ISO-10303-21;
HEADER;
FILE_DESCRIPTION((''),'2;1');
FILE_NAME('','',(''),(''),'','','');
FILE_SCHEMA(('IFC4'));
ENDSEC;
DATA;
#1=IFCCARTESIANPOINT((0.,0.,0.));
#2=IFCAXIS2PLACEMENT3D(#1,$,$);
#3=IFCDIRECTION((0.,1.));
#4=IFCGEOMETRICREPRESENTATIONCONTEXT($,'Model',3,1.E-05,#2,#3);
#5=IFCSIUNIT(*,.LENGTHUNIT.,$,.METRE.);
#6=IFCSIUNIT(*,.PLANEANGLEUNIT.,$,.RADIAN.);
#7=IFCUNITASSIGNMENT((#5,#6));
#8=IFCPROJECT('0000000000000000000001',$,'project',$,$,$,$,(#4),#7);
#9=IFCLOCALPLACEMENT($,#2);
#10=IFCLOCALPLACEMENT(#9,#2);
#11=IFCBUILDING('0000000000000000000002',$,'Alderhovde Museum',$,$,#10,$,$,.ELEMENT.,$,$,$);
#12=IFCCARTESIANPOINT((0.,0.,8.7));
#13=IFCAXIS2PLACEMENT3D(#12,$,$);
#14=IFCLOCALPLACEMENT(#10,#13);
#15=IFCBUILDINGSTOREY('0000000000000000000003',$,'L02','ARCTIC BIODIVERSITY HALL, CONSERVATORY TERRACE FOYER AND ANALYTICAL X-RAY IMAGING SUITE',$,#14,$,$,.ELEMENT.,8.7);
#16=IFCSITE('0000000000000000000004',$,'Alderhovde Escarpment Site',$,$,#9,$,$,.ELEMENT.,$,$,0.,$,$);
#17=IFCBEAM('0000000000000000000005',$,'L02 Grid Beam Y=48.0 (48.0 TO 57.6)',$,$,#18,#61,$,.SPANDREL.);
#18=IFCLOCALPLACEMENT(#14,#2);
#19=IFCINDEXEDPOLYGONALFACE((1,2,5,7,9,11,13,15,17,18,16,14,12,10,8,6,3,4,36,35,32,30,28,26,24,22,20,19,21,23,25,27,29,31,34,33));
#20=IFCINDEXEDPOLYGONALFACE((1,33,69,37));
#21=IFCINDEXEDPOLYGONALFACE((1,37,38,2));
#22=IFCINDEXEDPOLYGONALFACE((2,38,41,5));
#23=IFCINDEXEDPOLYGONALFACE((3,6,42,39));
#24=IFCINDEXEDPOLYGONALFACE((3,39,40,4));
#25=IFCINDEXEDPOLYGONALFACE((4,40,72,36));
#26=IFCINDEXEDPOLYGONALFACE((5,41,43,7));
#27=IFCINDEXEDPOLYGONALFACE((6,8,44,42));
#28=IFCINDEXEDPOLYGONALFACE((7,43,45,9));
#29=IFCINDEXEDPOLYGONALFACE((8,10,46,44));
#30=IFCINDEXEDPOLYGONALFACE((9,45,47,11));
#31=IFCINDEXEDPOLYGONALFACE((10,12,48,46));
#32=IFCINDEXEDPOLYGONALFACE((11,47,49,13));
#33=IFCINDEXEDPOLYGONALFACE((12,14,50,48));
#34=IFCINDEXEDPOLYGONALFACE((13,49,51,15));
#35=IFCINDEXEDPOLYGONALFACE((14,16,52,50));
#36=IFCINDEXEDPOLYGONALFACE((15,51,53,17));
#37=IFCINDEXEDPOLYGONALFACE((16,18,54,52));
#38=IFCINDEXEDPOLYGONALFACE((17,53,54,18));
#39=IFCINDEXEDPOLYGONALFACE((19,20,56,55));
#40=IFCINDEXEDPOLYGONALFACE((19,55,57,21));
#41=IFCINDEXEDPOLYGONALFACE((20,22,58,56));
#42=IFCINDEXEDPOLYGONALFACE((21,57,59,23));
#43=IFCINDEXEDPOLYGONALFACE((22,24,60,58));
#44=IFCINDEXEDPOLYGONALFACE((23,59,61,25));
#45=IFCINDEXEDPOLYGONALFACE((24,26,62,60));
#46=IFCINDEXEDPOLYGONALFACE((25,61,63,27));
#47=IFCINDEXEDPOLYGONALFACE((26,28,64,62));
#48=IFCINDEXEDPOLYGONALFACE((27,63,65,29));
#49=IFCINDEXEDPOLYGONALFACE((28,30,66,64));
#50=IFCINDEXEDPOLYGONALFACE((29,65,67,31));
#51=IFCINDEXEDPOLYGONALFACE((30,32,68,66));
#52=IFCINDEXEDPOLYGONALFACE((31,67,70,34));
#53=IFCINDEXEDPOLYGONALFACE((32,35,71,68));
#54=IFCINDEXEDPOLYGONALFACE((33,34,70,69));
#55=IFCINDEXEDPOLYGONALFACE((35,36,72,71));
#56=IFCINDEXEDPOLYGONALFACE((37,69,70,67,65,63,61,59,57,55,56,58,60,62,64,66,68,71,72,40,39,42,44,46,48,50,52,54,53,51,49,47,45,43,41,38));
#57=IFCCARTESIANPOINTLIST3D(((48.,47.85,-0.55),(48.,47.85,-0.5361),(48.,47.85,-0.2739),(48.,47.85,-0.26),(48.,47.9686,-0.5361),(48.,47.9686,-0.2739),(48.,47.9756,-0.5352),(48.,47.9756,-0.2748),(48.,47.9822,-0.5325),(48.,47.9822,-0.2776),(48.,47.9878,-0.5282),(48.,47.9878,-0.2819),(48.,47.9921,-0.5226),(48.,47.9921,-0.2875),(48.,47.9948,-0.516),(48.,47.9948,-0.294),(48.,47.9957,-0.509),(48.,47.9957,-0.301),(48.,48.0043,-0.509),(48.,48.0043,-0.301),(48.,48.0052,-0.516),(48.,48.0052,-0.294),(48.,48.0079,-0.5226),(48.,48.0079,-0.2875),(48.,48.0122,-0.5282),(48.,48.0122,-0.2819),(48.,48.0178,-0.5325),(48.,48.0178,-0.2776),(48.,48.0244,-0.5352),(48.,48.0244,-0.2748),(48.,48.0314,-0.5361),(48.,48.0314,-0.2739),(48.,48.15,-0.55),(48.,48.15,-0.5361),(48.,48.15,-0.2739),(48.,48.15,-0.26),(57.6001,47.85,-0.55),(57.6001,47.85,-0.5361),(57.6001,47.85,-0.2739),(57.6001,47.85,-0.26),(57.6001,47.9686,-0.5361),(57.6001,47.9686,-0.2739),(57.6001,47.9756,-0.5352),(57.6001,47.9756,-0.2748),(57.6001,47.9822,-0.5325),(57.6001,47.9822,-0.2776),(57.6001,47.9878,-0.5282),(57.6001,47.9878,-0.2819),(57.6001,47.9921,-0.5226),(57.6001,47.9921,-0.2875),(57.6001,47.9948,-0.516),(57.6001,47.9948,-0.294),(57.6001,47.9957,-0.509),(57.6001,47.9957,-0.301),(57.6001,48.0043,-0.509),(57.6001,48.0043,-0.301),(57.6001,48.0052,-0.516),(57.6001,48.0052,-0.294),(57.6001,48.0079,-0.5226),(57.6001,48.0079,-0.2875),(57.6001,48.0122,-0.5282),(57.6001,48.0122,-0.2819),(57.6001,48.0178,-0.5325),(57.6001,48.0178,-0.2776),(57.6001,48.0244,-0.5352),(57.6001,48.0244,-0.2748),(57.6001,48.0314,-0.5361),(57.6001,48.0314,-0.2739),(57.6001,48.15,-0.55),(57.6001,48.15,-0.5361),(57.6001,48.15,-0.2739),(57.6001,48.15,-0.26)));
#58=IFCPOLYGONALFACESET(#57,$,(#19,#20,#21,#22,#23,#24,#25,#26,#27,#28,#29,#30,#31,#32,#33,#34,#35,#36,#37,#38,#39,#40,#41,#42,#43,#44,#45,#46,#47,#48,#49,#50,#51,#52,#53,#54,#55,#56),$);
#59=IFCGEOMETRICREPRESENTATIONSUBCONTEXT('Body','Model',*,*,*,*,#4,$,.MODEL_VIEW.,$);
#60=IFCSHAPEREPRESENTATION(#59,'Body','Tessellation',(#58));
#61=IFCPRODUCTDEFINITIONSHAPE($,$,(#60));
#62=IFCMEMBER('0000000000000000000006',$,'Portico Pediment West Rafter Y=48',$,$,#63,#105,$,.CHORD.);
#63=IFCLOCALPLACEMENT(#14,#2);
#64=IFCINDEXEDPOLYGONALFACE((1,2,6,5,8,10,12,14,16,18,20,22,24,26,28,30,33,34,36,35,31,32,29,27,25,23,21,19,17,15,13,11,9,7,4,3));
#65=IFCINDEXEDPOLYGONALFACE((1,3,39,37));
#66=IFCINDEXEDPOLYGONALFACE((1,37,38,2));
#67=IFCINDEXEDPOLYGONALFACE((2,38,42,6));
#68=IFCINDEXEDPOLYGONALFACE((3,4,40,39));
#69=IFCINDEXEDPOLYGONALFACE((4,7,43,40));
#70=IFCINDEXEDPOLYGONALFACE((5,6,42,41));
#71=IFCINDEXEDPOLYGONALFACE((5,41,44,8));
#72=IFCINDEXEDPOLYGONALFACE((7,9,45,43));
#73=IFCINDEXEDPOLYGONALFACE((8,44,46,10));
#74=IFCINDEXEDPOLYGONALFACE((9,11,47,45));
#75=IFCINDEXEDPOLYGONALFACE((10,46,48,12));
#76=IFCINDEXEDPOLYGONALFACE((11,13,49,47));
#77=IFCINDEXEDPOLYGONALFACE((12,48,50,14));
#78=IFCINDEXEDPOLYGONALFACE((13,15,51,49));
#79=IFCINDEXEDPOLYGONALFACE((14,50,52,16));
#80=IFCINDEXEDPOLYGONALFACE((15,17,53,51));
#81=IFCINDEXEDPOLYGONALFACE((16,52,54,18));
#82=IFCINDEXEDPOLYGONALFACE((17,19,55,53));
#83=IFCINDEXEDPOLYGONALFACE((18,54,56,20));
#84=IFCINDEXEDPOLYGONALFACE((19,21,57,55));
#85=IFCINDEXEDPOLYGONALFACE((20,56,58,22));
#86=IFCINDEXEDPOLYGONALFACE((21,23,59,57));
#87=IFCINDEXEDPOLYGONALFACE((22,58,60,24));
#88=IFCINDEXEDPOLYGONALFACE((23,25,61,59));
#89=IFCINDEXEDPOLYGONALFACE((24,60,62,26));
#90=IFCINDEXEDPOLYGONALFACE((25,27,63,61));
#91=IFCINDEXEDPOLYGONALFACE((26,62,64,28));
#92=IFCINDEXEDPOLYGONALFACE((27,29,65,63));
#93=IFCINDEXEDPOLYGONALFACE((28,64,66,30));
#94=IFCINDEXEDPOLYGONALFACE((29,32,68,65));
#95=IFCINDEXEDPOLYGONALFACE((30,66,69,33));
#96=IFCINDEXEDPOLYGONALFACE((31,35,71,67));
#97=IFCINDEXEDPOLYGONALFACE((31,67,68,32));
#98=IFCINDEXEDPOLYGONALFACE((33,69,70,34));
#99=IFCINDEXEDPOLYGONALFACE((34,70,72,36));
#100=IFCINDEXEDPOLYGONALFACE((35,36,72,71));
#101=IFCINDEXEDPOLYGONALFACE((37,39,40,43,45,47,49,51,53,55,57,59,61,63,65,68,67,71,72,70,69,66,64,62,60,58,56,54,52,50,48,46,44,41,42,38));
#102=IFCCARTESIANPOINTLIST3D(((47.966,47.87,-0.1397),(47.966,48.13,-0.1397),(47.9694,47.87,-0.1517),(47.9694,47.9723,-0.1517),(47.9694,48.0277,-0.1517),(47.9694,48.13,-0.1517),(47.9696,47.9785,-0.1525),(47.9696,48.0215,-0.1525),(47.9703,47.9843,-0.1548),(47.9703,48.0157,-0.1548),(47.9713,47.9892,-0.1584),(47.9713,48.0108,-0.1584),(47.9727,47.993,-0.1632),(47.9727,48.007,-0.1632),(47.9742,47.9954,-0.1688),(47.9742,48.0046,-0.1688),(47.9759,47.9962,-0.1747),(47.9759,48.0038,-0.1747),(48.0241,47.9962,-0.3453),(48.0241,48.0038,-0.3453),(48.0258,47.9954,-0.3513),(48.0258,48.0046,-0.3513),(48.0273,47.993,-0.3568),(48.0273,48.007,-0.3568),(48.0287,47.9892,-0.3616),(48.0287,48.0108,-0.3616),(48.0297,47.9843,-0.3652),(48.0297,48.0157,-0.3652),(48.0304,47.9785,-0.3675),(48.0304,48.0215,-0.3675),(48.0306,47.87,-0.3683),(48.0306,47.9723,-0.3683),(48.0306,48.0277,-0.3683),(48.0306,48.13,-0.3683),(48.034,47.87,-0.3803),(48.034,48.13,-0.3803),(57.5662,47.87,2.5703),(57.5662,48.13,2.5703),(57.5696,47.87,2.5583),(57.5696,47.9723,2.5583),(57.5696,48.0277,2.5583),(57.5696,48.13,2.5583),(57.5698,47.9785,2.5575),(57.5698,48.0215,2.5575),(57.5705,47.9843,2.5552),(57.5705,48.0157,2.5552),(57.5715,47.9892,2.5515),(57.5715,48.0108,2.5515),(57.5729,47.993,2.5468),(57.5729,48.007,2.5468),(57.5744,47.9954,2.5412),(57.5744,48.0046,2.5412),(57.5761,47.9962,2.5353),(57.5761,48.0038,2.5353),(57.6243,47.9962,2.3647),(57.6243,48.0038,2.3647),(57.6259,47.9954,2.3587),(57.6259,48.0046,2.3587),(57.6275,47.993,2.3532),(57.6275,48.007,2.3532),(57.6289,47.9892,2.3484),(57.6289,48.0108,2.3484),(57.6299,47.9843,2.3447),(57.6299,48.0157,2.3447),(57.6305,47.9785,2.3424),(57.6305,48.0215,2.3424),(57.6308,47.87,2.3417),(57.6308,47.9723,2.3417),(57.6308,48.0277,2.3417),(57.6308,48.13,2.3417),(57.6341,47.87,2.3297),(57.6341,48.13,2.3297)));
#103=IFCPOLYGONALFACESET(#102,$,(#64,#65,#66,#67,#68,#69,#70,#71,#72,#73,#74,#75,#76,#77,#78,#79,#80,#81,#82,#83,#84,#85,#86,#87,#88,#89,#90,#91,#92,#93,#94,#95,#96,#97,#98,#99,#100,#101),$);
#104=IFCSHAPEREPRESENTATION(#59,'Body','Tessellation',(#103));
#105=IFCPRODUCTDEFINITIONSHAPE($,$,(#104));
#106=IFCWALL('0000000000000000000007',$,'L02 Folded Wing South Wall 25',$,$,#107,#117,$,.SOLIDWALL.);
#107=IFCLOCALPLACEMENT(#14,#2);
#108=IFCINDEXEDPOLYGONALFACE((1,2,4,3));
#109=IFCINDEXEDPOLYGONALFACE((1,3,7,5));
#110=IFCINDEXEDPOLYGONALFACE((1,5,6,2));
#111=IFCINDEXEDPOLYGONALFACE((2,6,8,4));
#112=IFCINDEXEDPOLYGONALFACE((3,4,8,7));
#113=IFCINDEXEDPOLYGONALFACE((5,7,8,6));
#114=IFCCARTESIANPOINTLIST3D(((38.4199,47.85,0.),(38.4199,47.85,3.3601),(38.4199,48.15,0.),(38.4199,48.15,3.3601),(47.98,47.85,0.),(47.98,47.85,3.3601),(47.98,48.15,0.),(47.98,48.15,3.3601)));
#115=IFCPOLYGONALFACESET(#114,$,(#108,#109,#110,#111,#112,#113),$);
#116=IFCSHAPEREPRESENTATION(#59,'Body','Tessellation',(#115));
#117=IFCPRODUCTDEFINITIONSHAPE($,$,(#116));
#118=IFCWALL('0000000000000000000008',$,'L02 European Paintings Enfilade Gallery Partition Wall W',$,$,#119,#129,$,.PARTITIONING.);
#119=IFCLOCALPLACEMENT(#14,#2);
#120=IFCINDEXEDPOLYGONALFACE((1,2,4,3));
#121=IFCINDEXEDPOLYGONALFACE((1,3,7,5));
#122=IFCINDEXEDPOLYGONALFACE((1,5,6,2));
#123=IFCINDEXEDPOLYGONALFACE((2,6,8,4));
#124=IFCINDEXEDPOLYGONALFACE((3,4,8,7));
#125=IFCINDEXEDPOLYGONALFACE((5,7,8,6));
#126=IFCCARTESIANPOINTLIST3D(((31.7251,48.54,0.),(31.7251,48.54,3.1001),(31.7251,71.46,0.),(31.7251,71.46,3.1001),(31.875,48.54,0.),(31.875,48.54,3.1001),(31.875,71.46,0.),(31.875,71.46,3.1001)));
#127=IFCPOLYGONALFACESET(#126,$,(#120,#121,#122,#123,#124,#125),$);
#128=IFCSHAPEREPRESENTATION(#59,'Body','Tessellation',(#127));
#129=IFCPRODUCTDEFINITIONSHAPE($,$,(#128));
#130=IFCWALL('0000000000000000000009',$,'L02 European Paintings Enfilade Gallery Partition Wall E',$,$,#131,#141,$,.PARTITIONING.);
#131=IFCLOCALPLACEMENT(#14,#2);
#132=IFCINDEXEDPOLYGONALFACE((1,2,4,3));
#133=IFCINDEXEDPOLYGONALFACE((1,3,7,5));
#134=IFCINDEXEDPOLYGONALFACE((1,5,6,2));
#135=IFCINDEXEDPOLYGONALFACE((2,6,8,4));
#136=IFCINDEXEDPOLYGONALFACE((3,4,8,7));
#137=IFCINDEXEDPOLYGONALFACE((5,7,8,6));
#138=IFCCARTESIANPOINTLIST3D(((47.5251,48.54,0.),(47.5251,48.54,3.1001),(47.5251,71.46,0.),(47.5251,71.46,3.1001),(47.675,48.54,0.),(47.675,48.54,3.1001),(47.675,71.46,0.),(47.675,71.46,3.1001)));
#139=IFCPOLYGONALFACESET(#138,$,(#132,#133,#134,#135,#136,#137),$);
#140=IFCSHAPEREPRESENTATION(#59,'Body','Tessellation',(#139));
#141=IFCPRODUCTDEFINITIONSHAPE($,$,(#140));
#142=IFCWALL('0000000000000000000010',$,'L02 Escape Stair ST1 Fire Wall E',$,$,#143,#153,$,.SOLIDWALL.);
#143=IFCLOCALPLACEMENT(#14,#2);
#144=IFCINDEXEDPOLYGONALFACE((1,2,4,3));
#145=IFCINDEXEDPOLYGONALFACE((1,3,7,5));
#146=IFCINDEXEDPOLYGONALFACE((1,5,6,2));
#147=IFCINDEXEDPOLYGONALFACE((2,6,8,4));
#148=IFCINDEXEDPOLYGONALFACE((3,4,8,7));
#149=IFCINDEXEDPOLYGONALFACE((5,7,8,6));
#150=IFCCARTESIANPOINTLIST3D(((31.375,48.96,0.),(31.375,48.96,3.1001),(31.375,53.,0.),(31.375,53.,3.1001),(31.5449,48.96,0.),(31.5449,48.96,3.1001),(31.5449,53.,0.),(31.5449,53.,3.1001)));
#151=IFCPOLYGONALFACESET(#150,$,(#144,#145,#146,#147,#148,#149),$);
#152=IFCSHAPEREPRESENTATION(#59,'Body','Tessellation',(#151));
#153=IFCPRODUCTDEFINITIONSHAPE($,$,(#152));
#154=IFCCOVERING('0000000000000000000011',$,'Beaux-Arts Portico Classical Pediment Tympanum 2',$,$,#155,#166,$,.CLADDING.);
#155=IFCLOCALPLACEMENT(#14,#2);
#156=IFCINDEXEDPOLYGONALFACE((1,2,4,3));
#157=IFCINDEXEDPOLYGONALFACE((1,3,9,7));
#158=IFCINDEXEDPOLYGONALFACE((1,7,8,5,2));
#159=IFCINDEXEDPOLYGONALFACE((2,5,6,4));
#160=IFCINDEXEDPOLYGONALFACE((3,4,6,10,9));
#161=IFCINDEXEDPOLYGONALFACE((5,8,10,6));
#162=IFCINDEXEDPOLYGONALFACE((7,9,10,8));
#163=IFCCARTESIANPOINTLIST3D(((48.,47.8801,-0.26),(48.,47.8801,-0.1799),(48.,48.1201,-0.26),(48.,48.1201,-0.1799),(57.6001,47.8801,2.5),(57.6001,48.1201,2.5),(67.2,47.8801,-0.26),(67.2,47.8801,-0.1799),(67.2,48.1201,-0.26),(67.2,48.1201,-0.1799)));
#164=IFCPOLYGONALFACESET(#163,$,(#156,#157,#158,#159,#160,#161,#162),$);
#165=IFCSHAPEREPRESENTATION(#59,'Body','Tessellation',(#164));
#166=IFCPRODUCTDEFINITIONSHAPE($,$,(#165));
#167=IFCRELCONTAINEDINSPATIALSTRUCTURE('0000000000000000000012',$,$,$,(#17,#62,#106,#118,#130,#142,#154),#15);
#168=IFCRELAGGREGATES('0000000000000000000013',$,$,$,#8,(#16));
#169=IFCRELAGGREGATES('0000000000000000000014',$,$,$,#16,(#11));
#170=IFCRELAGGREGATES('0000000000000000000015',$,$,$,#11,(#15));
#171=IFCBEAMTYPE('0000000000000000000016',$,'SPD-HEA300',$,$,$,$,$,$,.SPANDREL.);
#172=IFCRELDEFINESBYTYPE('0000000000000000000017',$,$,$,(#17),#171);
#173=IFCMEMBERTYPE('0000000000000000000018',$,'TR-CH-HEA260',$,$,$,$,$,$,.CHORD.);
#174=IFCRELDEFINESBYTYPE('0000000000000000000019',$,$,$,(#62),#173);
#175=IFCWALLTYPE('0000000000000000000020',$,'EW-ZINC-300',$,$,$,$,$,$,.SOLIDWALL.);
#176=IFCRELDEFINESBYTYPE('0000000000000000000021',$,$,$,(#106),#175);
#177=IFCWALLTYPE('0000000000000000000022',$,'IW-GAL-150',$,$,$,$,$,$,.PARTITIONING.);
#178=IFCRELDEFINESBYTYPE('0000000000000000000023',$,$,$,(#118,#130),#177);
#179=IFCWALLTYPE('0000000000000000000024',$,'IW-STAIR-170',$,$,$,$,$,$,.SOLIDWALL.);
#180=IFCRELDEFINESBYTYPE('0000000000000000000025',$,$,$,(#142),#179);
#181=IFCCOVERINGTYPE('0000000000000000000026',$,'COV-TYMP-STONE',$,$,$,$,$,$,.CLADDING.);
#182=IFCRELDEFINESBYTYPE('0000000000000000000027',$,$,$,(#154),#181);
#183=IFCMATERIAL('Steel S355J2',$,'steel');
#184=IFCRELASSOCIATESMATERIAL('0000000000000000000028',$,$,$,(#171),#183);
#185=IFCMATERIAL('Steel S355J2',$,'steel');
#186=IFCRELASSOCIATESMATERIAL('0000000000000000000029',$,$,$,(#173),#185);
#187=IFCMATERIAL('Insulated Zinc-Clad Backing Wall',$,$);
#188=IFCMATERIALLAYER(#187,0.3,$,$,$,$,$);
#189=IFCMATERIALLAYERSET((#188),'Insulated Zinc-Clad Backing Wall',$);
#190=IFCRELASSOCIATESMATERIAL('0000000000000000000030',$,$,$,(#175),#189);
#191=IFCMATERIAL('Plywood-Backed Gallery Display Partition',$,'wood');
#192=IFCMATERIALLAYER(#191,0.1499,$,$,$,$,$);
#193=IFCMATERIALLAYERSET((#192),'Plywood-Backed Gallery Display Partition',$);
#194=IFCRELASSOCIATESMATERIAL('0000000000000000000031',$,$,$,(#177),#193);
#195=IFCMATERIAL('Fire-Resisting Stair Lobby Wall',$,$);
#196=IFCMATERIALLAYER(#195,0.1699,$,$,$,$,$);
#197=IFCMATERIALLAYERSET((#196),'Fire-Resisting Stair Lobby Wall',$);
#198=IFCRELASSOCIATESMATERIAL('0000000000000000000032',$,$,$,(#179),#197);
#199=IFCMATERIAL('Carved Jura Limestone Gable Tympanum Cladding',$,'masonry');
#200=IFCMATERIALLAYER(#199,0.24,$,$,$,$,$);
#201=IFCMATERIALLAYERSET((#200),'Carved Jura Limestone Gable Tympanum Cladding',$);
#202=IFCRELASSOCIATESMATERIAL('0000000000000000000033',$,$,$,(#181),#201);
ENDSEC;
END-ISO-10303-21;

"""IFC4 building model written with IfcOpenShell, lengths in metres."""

from ifc_helpers import new_model, si_unit, direction, frame, frame_2d, origin, origin_2d, place, context, subcontext, project, spatial, polyline, rectangle, i_section, outline, extrude, material, layer, layer_set, material_profile, profile_set, type_object, element, save


model = new_model("IFC4")

# Units and contexts
model_context = context("Model", 3, precision=1e-05, world=origin(), true_north=direction((0.0, 1.0)))
body_context = subcontext(model_context, "Body", "Model", "MODEL_VIEW")
ifc_project = project(units=[si_unit("LENGTHUNIT", "METRE"), si_unit("PLANEANGLEUNIT", "RADIAN")], contexts=[model_context])

# Site, building, storey
site_placement = place(None, origin())
site = spatial("IfcSite", under=ifc_project, at=site_placement, Name="Alderhovde Escarpment Site", CompositionType="ELEMENT", RefElevation=0.0)
building_placement = place(site_placement, origin())
building = spatial("IfcBuilding", under=site, at=building_placement, Name="Alderhovde Museum", CompositionType="ELEMENT")
storey_placement = place(building_placement, frame((0.0, 0.0, 8.7)))
storey = spatial("IfcBuildingStorey", under=building, at=storey_placement, Name="L02", Description="ARCTIC BIODIVERSITY HALL, CONSERVATORY TERRACE FOYER AND ANALYTICAL X-RAY IMAGING SUITE", CompositionType="ELEMENT", Elevation=8.7)

# Beam
ifc_material_1 = material(Name="Steel S355J2", Category="steel")
ifc_material_profile_1 = material_profile(ifc_material_1, i_section(OverallWidth=0.3, OverallDepth=0.29, WebThickness=0.0085, FlangeThickness=0.0139, FilletRadius=0.0271, at=origin_2d()), Name="HEA 300")
ifc_profile_set_1 = profile_set([ifc_material_profile_1], Name="Steel S355J2")
beam_type_1 = type_object("IfcBeamType", Name="SPD-HEA300", PredefinedType="SPANDREL", material=ifc_profile_set_1)
for number, where, z_axis, x_axis, name in (
    (1, (48.0, 48.0, -0.405), (1.0, 0.0, 0.0), (0.0, 1.0, 0.0), "L02 Grid Beam Y=48.0 (48.0 TO 57.6)"),
):
    element("IfcBeam", number, at=place(storey_placement, frame(where, z_axis=z_axis, x_axis=x_axis)), inside=storey, type_object=beam_type_1, Name=name, PredefinedType="SPANDREL", context=body_context, shape_type="SweptSolid", body=[
        extrude(i_section(OverallWidth=0.3, OverallDepth=0.29, WebThickness=0.0085, FlangeThickness=0.0139, FilletRadius=0.0271, at=origin_2d()), origin(), (0.0, 0.0, 1.0), 9.6001),
    ])

# Member
ifc_material_2 = material(Name="Steel S355J2", Category="steel")
ifc_material_profile_2 = material_profile(ifc_material_2, i_section(OverallWidth=0.26, OverallDepth=0.25, WebThickness=0.0076, FlangeThickness=0.0125, FilletRadius=0.0239, at=origin_2d()), Name="HEA 260")
ifc_profile_set_2 = profile_set([ifc_material_profile_2], Name="Steel S355J2")
member_type = type_object("IfcMemberType", Name="TR-CH-HEA260", PredefinedType="CHORD", material=ifc_profile_set_2)
member_placement = place(storey_placement, frame((48.0, 48.0, -0.26), z_axis=(0.962391, 0.0, 0.271668), x_axis=(0.0, 1.0, 0.0)))
element("IfcMember", 2, at=member_placement, inside=storey, type_object=member_type, Name="Portico Pediment West Rafter Y=48", PredefinedType="CHORD", context=body_context, shape_type="SweptSolid", body=[
    extrude(i_section(OverallWidth=0.26, OverallDepth=0.25, WebThickness=0.0076, FlangeThickness=0.0125, FilletRadius=0.0239, at=origin_2d()), origin(), (0.0, 0.0, 1.0), 9.9753),
])

# Walls
ifc_material_3 = material(Name="Insulated Zinc-Clad Backing Wall")
ifc_layer_1 = layer(ifc_material_3, 0.3)
ifc_layer_set_1 = layer_set([ifc_layer_1], Name="Insulated Zinc-Clad Backing Wall")
wall_type_1 = type_object("IfcWallType", Name="EW-ZINC-300", PredefinedType="SOLIDWALL", material=ifc_layer_set_1)
wall_1_placement = place(storey_placement, frame((38.4199, 48.0, 0.0), z_axis=(0.0, 0.0, 1.0), x_axis=(1.0, 0.0, 0.0)))
element("IfcWall", 3, at=wall_1_placement, inside=storey, type_object=wall_type_1, Name="L02 Folded Wing South Wall 25", PredefinedType="SOLIDWALL", context=body_context, shape_type="SweptSolid", body=[
    extrude(rectangle(XDim=9.5601, YDim=0.3, at=frame_2d((4.78, 0.0))), origin(), (0.0, 0.0, 1.0), 3.3601),
])
ifc_material_4 = material(Name="Plywood-Backed Gallery Display Partition", Category="wood")
ifc_layer_2 = layer(ifc_material_4, 0.1499)
ifc_layer_set_2 = layer_set([ifc_layer_2], Name="Plywood-Backed Gallery Display Partition")
wall_type_2 = type_object("IfcWallType", Name="IW-GAL-150", PredefinedType="PARTITIONING", material=ifc_layer_set_2)
for number, where, z_axis, x_axis, name in (
    (4, (31.8, 48.54, 0.0), (0.0, 0.0, 1.0), (0.0, 1.0, 0.0), "L02 European Paintings Enfilade Gallery Partition Wall W"),
    (5, (47.6001, 48.54, 0.0), (0.0, 0.0, 1.0), (0.0, 1.0, 0.0), "L02 European Paintings Enfilade Gallery Partition Wall E"),
):
    element("IfcWall", number, at=place(storey_placement, frame(where, z_axis=z_axis, x_axis=x_axis)), inside=storey, type_object=wall_type_2, Name=name, PredefinedType="PARTITIONING", context=body_context, shape_type="SweptSolid", body=[
        extrude(rectangle(XDim=22.9199, YDim=0.1499, at=frame_2d((11.46, 0.0))), origin(), (0.0, 0.0, 1.0), 3.1001),
    ])
ifc_material_5 = material(Name="Fire-Resisting Stair Lobby Wall")
ifc_layer_3 = layer(ifc_material_5, 0.1699)
ifc_layer_set_3 = layer_set([ifc_layer_3], Name="Fire-Resisting Stair Lobby Wall")
wall_type_3 = type_object("IfcWallType", Name="IW-STAIR-170", PredefinedType="SOLIDWALL", material=ifc_layer_set_3)
wall_2_placement = place(storey_placement, frame((31.46, 48.96, 0.0), z_axis=(0.0, 0.0, 1.0), x_axis=(0.0, 1.0, 0.0)))
element("IfcWall", 6, at=wall_2_placement, inside=storey, type_object=wall_type_3, Name="L02 Escape Stair ST1 Fire Wall E", PredefinedType="SOLIDWALL", context=body_context, shape_type="SweptSolid", body=[
    extrude(rectangle(XDim=4.04, YDim=0.1699, at=frame_2d((2.02, 0.0))), origin(), (0.0, 0.0, 1.0), 3.1001),
])

# Covering
ifc_material_6 = material(Name="Carved Jura Limestone Gable Tympanum Cladding", Category="masonry")
ifc_layer_4 = layer(ifc_material_6, 0.24)
ifc_layer_set_4 = layer_set([ifc_layer_4], Name="Carved Jura Limestone Gable Tympanum Cladding")
covering_type = type_object("IfcCoveringType", Name="COV-TYMP-STONE", PredefinedType="CLADDING", material=ifc_layer_set_4)
covering_placement = place(storey_placement, frame((48.0, 48.0, -0.26), z_axis=(0.0, 0.0, 1.0), x_axis=(1.0, 0.0, 0.0)))
element("IfcCovering", 7, at=covering_placement, inside=storey, type_object=covering_type, Name="Beaux-Arts Portico Classical Pediment Tympanum 2", PredefinedType="CLADDING", context=body_context, shape_type="SweptSolid", body=[
    extrude(outline(polyline([(0.0, 0.0), (19.2, 0.0), (19.2, 0.0801), (9.6001, 2.76), (0.0, 0.0801), (0.0, 0.0)])), frame((0.0, 0.1201, 0.0), z_axis=(0.0, -1.0, 0.0), x_axis=(1.0, 0.0, 0.0)), (0.0, 0.0, 1.0), 0.24),
])

save(model, "model.ifc")
